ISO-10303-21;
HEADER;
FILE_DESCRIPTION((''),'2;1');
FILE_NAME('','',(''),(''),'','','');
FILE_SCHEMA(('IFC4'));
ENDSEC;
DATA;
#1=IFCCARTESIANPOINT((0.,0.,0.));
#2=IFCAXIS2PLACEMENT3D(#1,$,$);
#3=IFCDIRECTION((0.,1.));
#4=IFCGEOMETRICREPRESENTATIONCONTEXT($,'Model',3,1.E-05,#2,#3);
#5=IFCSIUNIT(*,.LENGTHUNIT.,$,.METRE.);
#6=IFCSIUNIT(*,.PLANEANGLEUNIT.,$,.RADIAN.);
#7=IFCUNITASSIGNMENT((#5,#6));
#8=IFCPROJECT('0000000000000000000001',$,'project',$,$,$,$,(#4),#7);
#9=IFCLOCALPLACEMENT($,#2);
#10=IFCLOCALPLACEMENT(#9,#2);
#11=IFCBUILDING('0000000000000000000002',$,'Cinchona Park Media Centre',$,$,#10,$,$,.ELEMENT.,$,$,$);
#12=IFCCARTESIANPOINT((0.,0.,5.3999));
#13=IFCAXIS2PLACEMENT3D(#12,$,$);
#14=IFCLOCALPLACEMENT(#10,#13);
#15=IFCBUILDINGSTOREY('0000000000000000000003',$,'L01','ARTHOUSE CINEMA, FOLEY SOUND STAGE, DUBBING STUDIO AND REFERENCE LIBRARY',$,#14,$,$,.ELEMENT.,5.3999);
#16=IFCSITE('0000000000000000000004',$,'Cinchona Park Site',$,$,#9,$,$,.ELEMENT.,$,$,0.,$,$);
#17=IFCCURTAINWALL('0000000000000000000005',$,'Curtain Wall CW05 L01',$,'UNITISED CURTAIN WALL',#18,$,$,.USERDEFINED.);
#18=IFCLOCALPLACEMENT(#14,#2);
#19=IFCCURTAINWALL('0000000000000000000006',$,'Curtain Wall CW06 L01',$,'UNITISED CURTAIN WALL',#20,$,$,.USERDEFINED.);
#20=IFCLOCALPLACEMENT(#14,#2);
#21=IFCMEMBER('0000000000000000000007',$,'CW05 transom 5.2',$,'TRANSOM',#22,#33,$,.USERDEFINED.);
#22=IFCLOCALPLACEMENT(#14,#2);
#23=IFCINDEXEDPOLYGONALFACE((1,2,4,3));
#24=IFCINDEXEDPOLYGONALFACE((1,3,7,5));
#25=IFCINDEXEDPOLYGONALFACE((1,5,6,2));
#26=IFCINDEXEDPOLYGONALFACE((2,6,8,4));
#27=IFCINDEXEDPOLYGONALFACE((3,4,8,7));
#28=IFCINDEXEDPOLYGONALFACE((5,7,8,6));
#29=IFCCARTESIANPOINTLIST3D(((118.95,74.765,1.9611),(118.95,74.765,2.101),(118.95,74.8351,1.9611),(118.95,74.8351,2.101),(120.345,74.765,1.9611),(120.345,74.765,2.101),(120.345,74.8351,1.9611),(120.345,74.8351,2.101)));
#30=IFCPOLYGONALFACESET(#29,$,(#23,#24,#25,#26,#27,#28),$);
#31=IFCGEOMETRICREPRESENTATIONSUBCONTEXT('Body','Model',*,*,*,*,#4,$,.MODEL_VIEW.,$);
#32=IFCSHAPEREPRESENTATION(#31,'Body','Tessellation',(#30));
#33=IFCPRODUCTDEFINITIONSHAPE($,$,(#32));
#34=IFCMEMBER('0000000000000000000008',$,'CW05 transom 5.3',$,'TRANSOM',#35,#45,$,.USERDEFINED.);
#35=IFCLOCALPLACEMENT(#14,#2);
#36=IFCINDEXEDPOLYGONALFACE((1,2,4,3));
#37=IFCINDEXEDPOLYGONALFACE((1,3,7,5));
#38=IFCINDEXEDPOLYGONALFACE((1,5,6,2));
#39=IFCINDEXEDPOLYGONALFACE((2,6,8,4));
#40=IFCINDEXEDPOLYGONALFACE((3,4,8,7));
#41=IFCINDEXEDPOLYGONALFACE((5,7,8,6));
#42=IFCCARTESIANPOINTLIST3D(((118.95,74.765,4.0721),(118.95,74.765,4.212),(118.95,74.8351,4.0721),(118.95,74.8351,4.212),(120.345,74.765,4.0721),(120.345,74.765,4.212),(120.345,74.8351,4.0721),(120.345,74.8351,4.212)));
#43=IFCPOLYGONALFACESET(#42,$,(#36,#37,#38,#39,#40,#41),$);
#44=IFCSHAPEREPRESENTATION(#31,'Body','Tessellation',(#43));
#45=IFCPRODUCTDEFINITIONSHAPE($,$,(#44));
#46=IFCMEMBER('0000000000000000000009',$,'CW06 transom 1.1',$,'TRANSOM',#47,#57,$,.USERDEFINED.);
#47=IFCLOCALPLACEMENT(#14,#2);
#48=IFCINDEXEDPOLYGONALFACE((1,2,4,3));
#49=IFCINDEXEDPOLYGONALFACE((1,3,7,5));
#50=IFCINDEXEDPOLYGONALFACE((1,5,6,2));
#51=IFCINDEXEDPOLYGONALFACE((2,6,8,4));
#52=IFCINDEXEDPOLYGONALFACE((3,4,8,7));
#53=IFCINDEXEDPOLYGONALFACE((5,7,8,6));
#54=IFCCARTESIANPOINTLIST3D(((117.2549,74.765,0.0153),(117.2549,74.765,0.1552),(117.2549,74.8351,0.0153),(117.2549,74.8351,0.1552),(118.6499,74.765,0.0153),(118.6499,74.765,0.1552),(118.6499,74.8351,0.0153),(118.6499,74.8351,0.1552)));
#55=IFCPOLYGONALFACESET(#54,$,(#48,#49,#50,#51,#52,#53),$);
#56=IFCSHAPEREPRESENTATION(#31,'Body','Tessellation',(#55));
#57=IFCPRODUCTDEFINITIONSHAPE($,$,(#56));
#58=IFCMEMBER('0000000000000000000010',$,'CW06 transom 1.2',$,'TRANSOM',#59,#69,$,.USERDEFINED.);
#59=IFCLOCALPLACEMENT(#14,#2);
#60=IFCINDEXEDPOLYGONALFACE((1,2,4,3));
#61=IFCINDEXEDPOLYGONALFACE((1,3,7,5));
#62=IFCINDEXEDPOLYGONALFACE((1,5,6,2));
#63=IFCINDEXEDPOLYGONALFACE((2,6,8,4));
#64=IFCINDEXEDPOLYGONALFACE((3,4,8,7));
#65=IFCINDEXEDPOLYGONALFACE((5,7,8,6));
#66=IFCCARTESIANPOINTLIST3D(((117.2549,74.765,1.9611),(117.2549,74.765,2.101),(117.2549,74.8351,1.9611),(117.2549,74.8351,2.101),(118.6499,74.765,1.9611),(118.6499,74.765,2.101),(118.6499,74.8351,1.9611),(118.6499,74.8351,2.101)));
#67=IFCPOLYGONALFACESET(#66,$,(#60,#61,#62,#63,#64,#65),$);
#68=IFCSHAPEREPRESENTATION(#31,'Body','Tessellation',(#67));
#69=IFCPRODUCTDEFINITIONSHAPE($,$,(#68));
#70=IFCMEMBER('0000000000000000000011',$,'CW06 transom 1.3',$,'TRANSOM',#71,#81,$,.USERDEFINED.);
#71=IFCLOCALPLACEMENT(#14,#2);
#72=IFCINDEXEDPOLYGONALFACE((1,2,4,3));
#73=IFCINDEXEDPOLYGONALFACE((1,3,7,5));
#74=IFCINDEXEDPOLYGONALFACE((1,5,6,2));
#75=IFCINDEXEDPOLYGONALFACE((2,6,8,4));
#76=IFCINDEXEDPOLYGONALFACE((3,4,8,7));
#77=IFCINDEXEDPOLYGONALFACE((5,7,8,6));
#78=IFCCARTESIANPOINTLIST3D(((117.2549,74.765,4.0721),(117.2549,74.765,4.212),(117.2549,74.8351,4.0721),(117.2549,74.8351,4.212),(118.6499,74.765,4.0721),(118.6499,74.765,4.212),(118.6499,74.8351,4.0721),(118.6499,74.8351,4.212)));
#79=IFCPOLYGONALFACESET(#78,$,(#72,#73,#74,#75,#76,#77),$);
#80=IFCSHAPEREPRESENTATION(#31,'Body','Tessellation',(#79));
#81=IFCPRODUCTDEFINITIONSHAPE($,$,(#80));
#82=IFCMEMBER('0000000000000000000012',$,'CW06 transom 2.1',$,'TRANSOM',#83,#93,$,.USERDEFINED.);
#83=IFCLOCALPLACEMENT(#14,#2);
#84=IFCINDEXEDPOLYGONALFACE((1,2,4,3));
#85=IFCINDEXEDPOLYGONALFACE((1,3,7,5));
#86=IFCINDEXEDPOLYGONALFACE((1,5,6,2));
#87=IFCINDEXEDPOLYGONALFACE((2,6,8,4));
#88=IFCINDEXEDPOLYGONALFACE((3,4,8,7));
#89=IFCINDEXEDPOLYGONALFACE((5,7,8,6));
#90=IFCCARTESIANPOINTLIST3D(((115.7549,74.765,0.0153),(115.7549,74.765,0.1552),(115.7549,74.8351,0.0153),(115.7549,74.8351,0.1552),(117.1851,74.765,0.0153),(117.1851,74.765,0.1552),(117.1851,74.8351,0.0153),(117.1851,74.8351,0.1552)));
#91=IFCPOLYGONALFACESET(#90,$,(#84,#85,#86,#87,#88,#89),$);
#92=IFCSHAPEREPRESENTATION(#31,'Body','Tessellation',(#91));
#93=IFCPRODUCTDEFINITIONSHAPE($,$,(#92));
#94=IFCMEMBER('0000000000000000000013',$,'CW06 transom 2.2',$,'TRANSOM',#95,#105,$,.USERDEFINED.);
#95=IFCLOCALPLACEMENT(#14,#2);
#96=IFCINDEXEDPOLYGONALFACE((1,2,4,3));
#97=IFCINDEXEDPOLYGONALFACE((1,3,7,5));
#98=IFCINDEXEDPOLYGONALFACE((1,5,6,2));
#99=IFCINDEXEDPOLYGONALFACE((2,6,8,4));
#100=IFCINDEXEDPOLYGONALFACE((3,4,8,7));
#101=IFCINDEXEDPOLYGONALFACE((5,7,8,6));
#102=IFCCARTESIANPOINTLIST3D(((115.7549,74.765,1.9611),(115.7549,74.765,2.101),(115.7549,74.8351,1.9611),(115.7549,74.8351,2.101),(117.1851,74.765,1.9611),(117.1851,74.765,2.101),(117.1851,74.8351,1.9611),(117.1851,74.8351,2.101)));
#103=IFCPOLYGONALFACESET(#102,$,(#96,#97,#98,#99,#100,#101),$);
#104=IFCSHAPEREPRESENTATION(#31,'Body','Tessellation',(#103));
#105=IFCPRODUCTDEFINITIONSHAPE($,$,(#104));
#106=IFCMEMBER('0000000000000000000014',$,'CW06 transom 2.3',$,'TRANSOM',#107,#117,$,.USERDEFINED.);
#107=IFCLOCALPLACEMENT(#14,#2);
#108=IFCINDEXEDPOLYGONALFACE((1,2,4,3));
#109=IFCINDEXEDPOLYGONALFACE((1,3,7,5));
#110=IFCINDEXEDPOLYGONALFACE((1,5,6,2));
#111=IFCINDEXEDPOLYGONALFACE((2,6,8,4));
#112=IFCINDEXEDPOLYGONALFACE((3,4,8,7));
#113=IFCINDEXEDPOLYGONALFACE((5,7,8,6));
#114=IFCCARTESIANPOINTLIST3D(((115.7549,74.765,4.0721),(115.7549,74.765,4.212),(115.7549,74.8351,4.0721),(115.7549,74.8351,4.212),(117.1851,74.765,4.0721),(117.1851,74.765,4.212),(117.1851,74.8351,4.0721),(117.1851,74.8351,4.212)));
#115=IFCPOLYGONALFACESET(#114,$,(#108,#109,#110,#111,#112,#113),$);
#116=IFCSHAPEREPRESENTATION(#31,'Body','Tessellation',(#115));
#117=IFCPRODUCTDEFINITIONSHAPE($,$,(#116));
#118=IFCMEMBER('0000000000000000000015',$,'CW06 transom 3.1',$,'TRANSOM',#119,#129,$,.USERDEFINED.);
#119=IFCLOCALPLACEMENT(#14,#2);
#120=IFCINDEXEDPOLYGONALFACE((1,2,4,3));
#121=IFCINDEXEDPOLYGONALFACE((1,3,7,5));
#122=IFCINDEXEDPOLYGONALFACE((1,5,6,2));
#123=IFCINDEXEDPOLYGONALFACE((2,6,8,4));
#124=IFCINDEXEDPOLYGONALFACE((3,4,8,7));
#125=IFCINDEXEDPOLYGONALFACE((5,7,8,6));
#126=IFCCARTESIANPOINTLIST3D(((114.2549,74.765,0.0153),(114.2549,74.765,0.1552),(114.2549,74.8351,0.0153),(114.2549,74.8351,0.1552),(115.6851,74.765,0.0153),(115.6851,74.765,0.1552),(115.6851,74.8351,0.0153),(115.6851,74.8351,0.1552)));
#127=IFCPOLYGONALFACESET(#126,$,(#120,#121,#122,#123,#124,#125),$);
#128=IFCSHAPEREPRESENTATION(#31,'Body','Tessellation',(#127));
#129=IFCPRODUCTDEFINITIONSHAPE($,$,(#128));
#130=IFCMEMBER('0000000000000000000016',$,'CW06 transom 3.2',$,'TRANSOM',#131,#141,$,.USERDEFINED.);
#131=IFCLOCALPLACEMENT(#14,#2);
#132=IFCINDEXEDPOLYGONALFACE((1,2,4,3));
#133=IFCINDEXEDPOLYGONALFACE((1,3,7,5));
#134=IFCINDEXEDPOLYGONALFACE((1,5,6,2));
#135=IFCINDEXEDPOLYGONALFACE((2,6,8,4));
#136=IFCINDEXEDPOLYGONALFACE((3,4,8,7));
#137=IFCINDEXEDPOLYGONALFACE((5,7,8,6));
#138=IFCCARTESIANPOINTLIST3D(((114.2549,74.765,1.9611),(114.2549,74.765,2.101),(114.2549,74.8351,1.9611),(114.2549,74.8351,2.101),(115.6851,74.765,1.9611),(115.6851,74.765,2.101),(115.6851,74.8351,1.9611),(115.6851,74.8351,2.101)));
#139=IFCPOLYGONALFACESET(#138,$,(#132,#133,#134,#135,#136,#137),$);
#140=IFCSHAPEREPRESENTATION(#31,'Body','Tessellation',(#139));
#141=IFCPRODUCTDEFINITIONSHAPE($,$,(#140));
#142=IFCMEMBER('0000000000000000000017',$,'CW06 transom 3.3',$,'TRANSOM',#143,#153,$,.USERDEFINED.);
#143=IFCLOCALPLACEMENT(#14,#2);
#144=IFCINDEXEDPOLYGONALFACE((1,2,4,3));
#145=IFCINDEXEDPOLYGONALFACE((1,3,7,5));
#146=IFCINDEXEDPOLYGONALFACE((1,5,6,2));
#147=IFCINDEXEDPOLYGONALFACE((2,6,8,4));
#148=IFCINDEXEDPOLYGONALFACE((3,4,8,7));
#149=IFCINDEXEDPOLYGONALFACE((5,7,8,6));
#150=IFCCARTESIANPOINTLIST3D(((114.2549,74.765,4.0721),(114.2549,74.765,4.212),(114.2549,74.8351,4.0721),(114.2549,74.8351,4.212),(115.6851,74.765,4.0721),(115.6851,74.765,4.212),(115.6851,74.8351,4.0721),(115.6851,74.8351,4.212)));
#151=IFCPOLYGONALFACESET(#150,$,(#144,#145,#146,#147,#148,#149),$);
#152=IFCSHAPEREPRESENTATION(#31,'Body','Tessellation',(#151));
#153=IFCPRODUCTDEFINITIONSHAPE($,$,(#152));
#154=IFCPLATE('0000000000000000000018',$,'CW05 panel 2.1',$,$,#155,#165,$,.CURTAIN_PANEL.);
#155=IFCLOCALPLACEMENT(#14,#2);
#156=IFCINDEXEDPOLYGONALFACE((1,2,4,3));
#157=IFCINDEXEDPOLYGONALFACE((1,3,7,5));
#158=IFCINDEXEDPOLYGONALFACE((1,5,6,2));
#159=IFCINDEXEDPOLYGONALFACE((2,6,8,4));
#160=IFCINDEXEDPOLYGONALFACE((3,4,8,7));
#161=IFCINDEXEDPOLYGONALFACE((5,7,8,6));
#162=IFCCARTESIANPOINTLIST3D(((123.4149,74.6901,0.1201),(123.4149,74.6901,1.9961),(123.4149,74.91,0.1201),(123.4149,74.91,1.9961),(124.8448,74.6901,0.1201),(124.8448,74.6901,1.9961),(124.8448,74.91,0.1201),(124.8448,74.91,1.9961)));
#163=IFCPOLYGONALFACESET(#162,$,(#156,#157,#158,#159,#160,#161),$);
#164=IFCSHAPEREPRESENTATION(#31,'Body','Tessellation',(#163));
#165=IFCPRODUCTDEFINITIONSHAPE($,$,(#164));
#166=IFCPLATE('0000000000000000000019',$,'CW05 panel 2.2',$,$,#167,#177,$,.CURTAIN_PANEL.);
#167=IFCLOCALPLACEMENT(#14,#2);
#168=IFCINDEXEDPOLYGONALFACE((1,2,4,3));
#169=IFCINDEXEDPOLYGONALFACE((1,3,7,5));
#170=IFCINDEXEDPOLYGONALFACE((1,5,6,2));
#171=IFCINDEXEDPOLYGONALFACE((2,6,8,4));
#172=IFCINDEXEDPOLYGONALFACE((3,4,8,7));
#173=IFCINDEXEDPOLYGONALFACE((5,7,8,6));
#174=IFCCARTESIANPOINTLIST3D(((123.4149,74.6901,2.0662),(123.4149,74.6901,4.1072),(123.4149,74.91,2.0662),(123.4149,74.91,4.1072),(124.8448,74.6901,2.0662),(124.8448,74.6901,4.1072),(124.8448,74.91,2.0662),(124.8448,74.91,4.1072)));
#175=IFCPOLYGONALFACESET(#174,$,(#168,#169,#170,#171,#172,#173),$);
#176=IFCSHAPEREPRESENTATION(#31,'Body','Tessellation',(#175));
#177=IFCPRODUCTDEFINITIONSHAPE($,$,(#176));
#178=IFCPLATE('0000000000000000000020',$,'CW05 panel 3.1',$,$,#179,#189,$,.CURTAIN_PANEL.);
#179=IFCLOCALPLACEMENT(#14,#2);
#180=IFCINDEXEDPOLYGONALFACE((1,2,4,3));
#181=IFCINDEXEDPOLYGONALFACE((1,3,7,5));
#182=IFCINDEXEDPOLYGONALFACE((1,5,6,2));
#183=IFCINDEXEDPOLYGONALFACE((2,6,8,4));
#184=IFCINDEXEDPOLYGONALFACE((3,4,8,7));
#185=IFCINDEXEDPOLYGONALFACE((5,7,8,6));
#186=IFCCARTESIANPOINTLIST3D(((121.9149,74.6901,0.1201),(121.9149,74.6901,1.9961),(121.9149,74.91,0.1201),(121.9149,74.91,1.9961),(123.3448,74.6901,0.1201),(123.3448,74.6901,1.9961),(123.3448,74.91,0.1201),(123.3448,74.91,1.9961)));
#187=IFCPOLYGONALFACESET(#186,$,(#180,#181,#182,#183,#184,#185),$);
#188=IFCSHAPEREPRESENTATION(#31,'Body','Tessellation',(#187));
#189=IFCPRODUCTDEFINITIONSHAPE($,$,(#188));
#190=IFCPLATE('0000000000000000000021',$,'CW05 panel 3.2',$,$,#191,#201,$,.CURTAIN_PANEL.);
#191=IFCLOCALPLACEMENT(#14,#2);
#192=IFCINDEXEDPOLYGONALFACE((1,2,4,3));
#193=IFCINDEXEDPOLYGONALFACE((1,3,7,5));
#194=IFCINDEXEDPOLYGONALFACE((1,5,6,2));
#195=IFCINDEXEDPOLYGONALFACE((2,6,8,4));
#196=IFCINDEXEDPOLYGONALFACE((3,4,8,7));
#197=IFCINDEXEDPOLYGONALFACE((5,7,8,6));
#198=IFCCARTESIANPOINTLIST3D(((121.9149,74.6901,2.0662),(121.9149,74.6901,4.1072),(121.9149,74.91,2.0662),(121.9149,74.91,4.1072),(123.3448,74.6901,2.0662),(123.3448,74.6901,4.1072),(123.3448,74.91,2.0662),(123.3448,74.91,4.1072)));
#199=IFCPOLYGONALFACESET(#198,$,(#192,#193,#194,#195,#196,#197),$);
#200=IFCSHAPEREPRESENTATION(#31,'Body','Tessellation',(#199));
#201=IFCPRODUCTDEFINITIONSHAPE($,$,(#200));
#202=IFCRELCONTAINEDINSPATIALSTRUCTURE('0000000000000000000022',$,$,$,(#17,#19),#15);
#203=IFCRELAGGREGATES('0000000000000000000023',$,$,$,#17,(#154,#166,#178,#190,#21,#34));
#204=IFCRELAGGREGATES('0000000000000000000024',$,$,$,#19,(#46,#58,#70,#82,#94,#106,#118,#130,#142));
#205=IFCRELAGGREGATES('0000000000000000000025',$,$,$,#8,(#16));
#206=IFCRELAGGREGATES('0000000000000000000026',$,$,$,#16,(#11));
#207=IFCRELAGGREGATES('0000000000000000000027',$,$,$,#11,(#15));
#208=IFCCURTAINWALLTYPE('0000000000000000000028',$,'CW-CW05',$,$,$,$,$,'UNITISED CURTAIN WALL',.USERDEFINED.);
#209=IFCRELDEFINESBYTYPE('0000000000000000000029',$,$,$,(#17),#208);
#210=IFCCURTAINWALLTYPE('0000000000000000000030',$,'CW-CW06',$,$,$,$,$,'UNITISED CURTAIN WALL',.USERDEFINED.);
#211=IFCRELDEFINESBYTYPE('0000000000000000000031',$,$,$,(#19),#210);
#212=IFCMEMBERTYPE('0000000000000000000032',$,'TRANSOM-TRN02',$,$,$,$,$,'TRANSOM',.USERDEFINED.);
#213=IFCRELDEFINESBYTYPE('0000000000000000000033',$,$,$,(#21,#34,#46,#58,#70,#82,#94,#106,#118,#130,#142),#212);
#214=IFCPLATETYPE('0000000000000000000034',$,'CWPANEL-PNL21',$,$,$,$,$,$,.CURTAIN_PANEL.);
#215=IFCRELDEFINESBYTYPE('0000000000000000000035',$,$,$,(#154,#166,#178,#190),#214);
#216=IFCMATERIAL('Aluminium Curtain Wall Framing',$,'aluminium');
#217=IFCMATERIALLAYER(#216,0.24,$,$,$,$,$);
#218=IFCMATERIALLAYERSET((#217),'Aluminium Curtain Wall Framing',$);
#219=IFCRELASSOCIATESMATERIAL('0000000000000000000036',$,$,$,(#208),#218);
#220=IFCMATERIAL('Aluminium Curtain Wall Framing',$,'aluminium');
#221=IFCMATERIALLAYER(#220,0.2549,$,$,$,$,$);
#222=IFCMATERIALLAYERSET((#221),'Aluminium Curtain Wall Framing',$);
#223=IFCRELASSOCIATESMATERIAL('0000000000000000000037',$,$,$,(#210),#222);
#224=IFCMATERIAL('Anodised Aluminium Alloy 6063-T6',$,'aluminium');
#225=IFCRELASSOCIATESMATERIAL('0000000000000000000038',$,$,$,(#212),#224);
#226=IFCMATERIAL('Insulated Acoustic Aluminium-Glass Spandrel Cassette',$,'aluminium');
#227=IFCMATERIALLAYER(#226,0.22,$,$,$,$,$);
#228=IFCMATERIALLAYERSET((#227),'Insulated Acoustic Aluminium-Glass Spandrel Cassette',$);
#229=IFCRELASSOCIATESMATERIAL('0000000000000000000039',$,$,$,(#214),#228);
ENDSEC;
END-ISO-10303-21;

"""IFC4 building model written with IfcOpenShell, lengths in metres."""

from ifc_helpers import new_model, si_unit, direction, frame, origin, origin_2d, place, context, subcontext, project, spatial, rectangle, extrude, material, layer, layer_set, material_profile, profile_set, type_object, element, aggregate, save


model = new_model("IFC4")

# Units and contexts
model_context = context("Model", 3, precision=1e-05, world=origin(), true_north=direction((0.0, 1.0)))
body_context = subcontext(model_context, "Body", "Model", "MODEL_VIEW")
ifc_project = project(units=[si_unit("LENGTHUNIT", "METRE"), si_unit("PLANEANGLEUNIT", "RADIAN")], contexts=[model_context])

# Site, building, storey
site_placement = place(None, origin())
site = spatial("IfcSite", under=ifc_project, at=site_placement, Name="Cinchona Park Site", CompositionType="ELEMENT", RefElevation=0.0)
building_placement = place(site_placement, origin())
building = spatial("IfcBuilding", under=site, at=building_placement, Name="Cinchona Park Media Centre", CompositionType="ELEMENT")
storey_placement = place(building_placement, frame((0.0, 0.0, 5.3999)))
storey = spatial("IfcBuildingStorey", under=building, at=storey_placement, Name="L01", Description="ARTHOUSE CINEMA, FOLEY SOUND STAGE, DUBBING STUDIO AND REFERENCE LIBRARY", CompositionType="ELEMENT", Elevation=5.3999)

# Curtain walls
ifc_material_1 = material(Name="Aluminium Curtain Wall Framing", Category="aluminium")
ifc_layer_1 = layer(ifc_material_1, 0.24)
ifc_layer_set_1 = layer_set([ifc_layer_1], Name="Aluminium Curtain Wall Framing")
curtain_wall_type_1 = type_object("IfcCurtainWallType", Name="CW-CW05", ElementType="UNITISED CURTAIN WALL", PredefinedType="USERDEFINED", material=ifc_layer_set_1)
curtain_wall_1_placement = place(storey_placement, origin())
curtain_wall_1 = element("IfcCurtainWall", 1, at=curtain_wall_1_placement, inside=storey, type_object=curtain_wall_type_1, Name="Curtain Wall CW05 L01", ObjectType="UNITISED CURTAIN WALL", PredefinedType="USERDEFINED")
ifc_material_2 = material(Name="Aluminium Curtain Wall Framing", Category="aluminium")
ifc_layer_2 = layer(ifc_material_2, 0.2549)
ifc_layer_set_2 = layer_set([ifc_layer_2], Name="Aluminium Curtain Wall Framing")
curtain_wall_type_2 = type_object("IfcCurtainWallType", Name="CW-CW06", ElementType="UNITISED CURTAIN WALL", PredefinedType="USERDEFINED", material=ifc_layer_set_2)
curtain_wall_2_placement = place(storey_placement, origin())
curtain_wall_2 = element("IfcCurtainWall", 2, at=curtain_wall_2_placement, inside=storey, type_object=curtain_wall_type_2, Name="Curtain Wall CW06 L01", ObjectType="UNITISED CURTAIN WALL", PredefinedType="USERDEFINED")

# Members
ifc_material_3 = material(Name="Anodised Aluminium Alloy 6063-T6", Category="aluminium")
ifc_material_profile_1 = material_profile(ifc_material_3, rectangle(XDim=0.0701, YDim=0.1399, at=origin_2d()), Name="TRN-70X140")
ifc_profile_set_1 = profile_set([ifc_material_profile_1], Name="Anodised Aluminium Alloy 6063-T6")
member_type_1 = type_object("IfcMemberType", Name="TRANSOM-TRN02", ElementType="TRANSOM", PredefinedType="USERDEFINED", material=ifc_profile_set_1)
member_1_placement = place(storey_placement, frame((120.345, 74.8, 2.031), z_axis=(-1.0, 0.0, 0.0), x_axis=(0.0, -1.0, 0.0)))
member_1 = element("IfcMember", 3, at=member_1_placement, type_object=member_type_1, Name="CW05 transom 5.2", ObjectType="TRANSOM", PredefinedType="USERDEFINED", context=body_context, shape_type="SweptSolid", body=[
    extrude(rectangle(XDim=0.0701, YDim=0.1399, at=origin_2d()), origin(), (0.0, 0.0, 1.0), 1.395),
])
member_2_placement = place(storey_placement, frame((120.345, 74.8, 4.1421), z_axis=(-1.0, 0.0, 0.0), x_axis=(0.0, -1.0, 0.0)))
member_2 = element("IfcMember", 4, at=member_2_placement, type_object=member_type_1, Name="CW05 transom 5.3", ObjectType="TRANSOM", PredefinedType="USERDEFINED", context=body_context, shape_type="SweptSolid", body=[
    extrude(rectangle(XDim=0.0701, YDim=0.1399, at=origin_2d()), origin(), (0.0, 0.0, 1.0), 1.395),
])
member_3_placement = place(storey_placement, frame((118.6499, 74.8, 0.0852), z_axis=(-1.0, 0.0, 0.0), x_axis=(0.0, -1.0, 0.0)))
member_3 = element("IfcMember", 5, at=member_3_placement, type_object=member_type_1, Name="CW06 transom 1.1", ObjectType="TRANSOM", PredefinedType="USERDEFINED", context=body_context, shape_type="SweptSolid", body=[
    extrude(rectangle(XDim=0.0701, YDim=0.1399, at=origin_2d()), origin(), (0.0, 0.0, 1.0), 1.395),
])
member_4_placement = place(storey_placement, frame((118.6499, 74.8, 2.031), z_axis=(-1.0, 0.0, 0.0), x_axis=(0.0, -1.0, 0.0)))
member_4 = element("IfcMember", 6, at=member_4_placement, type_object=member_type_1, Name="CW06 transom 1.2", ObjectType="TRANSOM", PredefinedType="USERDEFINED", context=body_context, shape_type="SweptSolid", body=[
    extrude(rectangle(XDim=0.0701, YDim=0.1399, at=origin_2d()), origin(), (0.0, 0.0, 1.0), 1.395),
])
member_5_placement = place(storey_placement, frame((118.6499, 74.8, 4.1421), z_axis=(-1.0, 0.0, 0.0), x_axis=(0.0, -1.0, 0.0)))
member_5 = element("IfcMember", 7, at=member_5_placement, type_object=member_type_1, Name="CW06 transom 1.3", ObjectType="TRANSOM", PredefinedType="USERDEFINED", context=body_context, shape_type="SweptSolid", body=[
    extrude(rectangle(XDim=0.0701, YDim=0.1399, at=origin_2d()), origin(), (0.0, 0.0, 1.0), 1.395),
])
member_6_placement = place(storey_placement, frame((117.1851, 74.8, 0.0852), z_axis=(-1.0, 0.0, 0.0), x_axis=(0.0, -1.0, 0.0)))
member_6 = element("IfcMember", 8, at=member_6_placement, type_object=member_type_1, Name="CW06 transom 2.1", ObjectType="TRANSOM", PredefinedType="USERDEFINED", context=body_context, shape_type="SweptSolid", body=[
    extrude(rectangle(XDim=0.0701, YDim=0.1399, at=origin_2d()), origin(), (0.0, 0.0, 1.0), 1.4302),
])
member_7_placement = place(storey_placement, frame((117.1851, 74.8, 2.031), z_axis=(-1.0, 0.0, 0.0), x_axis=(0.0, -1.0, 0.0)))
member_7 = element("IfcMember", 9, at=member_7_placement, type_object=member_type_1, Name="CW06 transom 2.2", ObjectType="TRANSOM", PredefinedType="USERDEFINED", context=body_context, shape_type="SweptSolid", body=[
    extrude(rectangle(XDim=0.0701, YDim=0.1399, at=origin_2d()), origin(), (0.0, 0.0, 1.0), 1.4302),
])
member_8_placement = place(storey_placement, frame((117.1851, 74.8, 4.1421), z_axis=(-1.0, 0.0, 0.0), x_axis=(0.0, -1.0, 0.0)))
member_8 = element("IfcMember", 10, at=member_8_placement, type_object=member_type_1, Name="CW06 transom 2.3", ObjectType="TRANSOM", PredefinedType="USERDEFINED", context=body_context, shape_type="SweptSolid", body=[
    extrude(rectangle(XDim=0.0701, YDim=0.1399, at=origin_2d()), origin(), (0.0, 0.0, 1.0), 1.4302),
])
member_9_placement = place(storey_placement, frame((115.6851, 74.8, 0.0852), z_axis=(-1.0, 0.0, 0.0), x_axis=(0.0, -1.0, 0.0)))
member_9 = element("IfcMember", 11, at=member_9_placement, type_object=member_type_1, Name="CW06 transom 3.1", ObjectType="TRANSOM", PredefinedType="USERDEFINED", context=body_context, shape_type="SweptSolid", body=[
    extrude(rectangle(XDim=0.0701, YDim=0.1399, at=origin_2d()), origin(), (0.0, 0.0, 1.0), 1.4302),
])
member_10_placement = place(storey_placement, frame((115.6851, 74.8, 2.031), z_axis=(-1.0, 0.0, 0.0), x_axis=(0.0, -1.0, 0.0)))
member_10 = element("IfcMember", 12, at=member_10_placement, type_object=member_type_1, Name="CW06 transom 3.2", ObjectType="TRANSOM", PredefinedType="USERDEFINED", context=body_context, shape_type="SweptSolid", body=[
    extrude(rectangle(XDim=0.0701, YDim=0.1399, at=origin_2d()), origin(), (0.0, 0.0, 1.0), 1.4302),
])
member_11_placement = place(storey_placement, frame((115.6851, 74.8, 4.1421), z_axis=(-1.0, 0.0, 0.0), x_axis=(0.0, -1.0, 0.0)))
member_11 = element("IfcMember", 13, at=member_11_placement, type_object=member_type_1, Name="CW06 transom 3.3", ObjectType="TRANSOM", PredefinedType="USERDEFINED", context=body_context, shape_type="SweptSolid", body=[
    extrude(rectangle(XDim=0.0701, YDim=0.1399, at=origin_2d()), origin(), (0.0, 0.0, 1.0), 1.4302),
])

# Plates
ifc_material_4 = material(Name="Insulated Acoustic Aluminium-Glass Spandrel Cassette", Category="aluminium")
ifc_layer_3 = layer(ifc_material_4, 0.22)
ifc_layer_set_3 = layer_set([ifc_layer_3], Name="Insulated Acoustic Aluminium-Glass Spandrel Cassette")
plate_type_1 = type_object("IfcPlateType", Name="CWPANEL-PNL21", PredefinedType="CURTAIN_PANEL", material=ifc_layer_set_3)
plate_1_placement = place(storey_placement, frame((124.1299, 74.8, 0.1201), z_axis=(0.0, 0.0, 1.0), x_axis=(-1.0, 0.0, 0.0)))
plate_1 = element("IfcPlate", 14, at=plate_1_placement, type_object=plate_type_1, Name="CW05 panel 2.1", PredefinedType="CURTAIN_PANEL", context=body_context, shape_type="SweptSolid", body=[
    extrude(rectangle(XDim=1.4299, YDim=0.22, at=origin_2d()), origin(), (0.0, 0.0, 1.0), 1.876),
])
plate_2_placement = place(storey_placement, frame((124.1299, 74.8, 2.0662), z_axis=(0.0, 0.0, 1.0), x_axis=(-1.0, 0.0, 0.0)))
plate_2 = element("IfcPlate", 15, at=plate_2_placement, type_object=plate_type_1, Name="CW05 panel 2.2", PredefinedType="CURTAIN_PANEL", context=body_context, shape_type="SweptSolid", body=[
    extrude(rectangle(XDim=1.4299, YDim=0.22, at=origin_2d()), origin(), (0.0, 0.0, 1.0), 2.041),
])
plate_3_placement = place(storey_placement, frame((122.6299, 74.8, 0.1201), z_axis=(0.0, 0.0, 1.0), x_axis=(-1.0, 0.0, 0.0)))
plate_3 = element("IfcPlate", 16, at=plate_3_placement, type_object=plate_type_1, Name="CW05 panel 3.1", PredefinedType="CURTAIN_PANEL", context=body_context, shape_type="SweptSolid", body=[
    extrude(rectangle(XDim=1.4299, YDim=0.22, at=origin_2d()), origin(), (0.0, 0.0, 1.0), 1.876),
])
plate_4_placement = place(storey_placement, frame((122.6299, 74.8, 2.0662), z_axis=(0.0, 0.0, 1.0), x_axis=(-1.0, 0.0, 0.0)))
plate_4 = element("IfcPlate", 17, at=plate_4_placement, type_object=plate_type_1, Name="CW05 panel 3.2", PredefinedType="CURTAIN_PANEL", context=body_context, shape_type="SweptSolid", body=[
    extrude(rectangle(XDim=1.4299, YDim=0.22, at=origin_2d()), origin(), (0.0, 0.0, 1.0), 2.041),
])
aggregate(curtain_wall_1, [plate_1, plate_2, plate_3, plate_4, member_1, member_2])
aggregate(curtain_wall_2, [member_3, member_4, member_5, member_6, member_7, member_8, member_9, member_10, member_11])

save(model, "model.ifc")
